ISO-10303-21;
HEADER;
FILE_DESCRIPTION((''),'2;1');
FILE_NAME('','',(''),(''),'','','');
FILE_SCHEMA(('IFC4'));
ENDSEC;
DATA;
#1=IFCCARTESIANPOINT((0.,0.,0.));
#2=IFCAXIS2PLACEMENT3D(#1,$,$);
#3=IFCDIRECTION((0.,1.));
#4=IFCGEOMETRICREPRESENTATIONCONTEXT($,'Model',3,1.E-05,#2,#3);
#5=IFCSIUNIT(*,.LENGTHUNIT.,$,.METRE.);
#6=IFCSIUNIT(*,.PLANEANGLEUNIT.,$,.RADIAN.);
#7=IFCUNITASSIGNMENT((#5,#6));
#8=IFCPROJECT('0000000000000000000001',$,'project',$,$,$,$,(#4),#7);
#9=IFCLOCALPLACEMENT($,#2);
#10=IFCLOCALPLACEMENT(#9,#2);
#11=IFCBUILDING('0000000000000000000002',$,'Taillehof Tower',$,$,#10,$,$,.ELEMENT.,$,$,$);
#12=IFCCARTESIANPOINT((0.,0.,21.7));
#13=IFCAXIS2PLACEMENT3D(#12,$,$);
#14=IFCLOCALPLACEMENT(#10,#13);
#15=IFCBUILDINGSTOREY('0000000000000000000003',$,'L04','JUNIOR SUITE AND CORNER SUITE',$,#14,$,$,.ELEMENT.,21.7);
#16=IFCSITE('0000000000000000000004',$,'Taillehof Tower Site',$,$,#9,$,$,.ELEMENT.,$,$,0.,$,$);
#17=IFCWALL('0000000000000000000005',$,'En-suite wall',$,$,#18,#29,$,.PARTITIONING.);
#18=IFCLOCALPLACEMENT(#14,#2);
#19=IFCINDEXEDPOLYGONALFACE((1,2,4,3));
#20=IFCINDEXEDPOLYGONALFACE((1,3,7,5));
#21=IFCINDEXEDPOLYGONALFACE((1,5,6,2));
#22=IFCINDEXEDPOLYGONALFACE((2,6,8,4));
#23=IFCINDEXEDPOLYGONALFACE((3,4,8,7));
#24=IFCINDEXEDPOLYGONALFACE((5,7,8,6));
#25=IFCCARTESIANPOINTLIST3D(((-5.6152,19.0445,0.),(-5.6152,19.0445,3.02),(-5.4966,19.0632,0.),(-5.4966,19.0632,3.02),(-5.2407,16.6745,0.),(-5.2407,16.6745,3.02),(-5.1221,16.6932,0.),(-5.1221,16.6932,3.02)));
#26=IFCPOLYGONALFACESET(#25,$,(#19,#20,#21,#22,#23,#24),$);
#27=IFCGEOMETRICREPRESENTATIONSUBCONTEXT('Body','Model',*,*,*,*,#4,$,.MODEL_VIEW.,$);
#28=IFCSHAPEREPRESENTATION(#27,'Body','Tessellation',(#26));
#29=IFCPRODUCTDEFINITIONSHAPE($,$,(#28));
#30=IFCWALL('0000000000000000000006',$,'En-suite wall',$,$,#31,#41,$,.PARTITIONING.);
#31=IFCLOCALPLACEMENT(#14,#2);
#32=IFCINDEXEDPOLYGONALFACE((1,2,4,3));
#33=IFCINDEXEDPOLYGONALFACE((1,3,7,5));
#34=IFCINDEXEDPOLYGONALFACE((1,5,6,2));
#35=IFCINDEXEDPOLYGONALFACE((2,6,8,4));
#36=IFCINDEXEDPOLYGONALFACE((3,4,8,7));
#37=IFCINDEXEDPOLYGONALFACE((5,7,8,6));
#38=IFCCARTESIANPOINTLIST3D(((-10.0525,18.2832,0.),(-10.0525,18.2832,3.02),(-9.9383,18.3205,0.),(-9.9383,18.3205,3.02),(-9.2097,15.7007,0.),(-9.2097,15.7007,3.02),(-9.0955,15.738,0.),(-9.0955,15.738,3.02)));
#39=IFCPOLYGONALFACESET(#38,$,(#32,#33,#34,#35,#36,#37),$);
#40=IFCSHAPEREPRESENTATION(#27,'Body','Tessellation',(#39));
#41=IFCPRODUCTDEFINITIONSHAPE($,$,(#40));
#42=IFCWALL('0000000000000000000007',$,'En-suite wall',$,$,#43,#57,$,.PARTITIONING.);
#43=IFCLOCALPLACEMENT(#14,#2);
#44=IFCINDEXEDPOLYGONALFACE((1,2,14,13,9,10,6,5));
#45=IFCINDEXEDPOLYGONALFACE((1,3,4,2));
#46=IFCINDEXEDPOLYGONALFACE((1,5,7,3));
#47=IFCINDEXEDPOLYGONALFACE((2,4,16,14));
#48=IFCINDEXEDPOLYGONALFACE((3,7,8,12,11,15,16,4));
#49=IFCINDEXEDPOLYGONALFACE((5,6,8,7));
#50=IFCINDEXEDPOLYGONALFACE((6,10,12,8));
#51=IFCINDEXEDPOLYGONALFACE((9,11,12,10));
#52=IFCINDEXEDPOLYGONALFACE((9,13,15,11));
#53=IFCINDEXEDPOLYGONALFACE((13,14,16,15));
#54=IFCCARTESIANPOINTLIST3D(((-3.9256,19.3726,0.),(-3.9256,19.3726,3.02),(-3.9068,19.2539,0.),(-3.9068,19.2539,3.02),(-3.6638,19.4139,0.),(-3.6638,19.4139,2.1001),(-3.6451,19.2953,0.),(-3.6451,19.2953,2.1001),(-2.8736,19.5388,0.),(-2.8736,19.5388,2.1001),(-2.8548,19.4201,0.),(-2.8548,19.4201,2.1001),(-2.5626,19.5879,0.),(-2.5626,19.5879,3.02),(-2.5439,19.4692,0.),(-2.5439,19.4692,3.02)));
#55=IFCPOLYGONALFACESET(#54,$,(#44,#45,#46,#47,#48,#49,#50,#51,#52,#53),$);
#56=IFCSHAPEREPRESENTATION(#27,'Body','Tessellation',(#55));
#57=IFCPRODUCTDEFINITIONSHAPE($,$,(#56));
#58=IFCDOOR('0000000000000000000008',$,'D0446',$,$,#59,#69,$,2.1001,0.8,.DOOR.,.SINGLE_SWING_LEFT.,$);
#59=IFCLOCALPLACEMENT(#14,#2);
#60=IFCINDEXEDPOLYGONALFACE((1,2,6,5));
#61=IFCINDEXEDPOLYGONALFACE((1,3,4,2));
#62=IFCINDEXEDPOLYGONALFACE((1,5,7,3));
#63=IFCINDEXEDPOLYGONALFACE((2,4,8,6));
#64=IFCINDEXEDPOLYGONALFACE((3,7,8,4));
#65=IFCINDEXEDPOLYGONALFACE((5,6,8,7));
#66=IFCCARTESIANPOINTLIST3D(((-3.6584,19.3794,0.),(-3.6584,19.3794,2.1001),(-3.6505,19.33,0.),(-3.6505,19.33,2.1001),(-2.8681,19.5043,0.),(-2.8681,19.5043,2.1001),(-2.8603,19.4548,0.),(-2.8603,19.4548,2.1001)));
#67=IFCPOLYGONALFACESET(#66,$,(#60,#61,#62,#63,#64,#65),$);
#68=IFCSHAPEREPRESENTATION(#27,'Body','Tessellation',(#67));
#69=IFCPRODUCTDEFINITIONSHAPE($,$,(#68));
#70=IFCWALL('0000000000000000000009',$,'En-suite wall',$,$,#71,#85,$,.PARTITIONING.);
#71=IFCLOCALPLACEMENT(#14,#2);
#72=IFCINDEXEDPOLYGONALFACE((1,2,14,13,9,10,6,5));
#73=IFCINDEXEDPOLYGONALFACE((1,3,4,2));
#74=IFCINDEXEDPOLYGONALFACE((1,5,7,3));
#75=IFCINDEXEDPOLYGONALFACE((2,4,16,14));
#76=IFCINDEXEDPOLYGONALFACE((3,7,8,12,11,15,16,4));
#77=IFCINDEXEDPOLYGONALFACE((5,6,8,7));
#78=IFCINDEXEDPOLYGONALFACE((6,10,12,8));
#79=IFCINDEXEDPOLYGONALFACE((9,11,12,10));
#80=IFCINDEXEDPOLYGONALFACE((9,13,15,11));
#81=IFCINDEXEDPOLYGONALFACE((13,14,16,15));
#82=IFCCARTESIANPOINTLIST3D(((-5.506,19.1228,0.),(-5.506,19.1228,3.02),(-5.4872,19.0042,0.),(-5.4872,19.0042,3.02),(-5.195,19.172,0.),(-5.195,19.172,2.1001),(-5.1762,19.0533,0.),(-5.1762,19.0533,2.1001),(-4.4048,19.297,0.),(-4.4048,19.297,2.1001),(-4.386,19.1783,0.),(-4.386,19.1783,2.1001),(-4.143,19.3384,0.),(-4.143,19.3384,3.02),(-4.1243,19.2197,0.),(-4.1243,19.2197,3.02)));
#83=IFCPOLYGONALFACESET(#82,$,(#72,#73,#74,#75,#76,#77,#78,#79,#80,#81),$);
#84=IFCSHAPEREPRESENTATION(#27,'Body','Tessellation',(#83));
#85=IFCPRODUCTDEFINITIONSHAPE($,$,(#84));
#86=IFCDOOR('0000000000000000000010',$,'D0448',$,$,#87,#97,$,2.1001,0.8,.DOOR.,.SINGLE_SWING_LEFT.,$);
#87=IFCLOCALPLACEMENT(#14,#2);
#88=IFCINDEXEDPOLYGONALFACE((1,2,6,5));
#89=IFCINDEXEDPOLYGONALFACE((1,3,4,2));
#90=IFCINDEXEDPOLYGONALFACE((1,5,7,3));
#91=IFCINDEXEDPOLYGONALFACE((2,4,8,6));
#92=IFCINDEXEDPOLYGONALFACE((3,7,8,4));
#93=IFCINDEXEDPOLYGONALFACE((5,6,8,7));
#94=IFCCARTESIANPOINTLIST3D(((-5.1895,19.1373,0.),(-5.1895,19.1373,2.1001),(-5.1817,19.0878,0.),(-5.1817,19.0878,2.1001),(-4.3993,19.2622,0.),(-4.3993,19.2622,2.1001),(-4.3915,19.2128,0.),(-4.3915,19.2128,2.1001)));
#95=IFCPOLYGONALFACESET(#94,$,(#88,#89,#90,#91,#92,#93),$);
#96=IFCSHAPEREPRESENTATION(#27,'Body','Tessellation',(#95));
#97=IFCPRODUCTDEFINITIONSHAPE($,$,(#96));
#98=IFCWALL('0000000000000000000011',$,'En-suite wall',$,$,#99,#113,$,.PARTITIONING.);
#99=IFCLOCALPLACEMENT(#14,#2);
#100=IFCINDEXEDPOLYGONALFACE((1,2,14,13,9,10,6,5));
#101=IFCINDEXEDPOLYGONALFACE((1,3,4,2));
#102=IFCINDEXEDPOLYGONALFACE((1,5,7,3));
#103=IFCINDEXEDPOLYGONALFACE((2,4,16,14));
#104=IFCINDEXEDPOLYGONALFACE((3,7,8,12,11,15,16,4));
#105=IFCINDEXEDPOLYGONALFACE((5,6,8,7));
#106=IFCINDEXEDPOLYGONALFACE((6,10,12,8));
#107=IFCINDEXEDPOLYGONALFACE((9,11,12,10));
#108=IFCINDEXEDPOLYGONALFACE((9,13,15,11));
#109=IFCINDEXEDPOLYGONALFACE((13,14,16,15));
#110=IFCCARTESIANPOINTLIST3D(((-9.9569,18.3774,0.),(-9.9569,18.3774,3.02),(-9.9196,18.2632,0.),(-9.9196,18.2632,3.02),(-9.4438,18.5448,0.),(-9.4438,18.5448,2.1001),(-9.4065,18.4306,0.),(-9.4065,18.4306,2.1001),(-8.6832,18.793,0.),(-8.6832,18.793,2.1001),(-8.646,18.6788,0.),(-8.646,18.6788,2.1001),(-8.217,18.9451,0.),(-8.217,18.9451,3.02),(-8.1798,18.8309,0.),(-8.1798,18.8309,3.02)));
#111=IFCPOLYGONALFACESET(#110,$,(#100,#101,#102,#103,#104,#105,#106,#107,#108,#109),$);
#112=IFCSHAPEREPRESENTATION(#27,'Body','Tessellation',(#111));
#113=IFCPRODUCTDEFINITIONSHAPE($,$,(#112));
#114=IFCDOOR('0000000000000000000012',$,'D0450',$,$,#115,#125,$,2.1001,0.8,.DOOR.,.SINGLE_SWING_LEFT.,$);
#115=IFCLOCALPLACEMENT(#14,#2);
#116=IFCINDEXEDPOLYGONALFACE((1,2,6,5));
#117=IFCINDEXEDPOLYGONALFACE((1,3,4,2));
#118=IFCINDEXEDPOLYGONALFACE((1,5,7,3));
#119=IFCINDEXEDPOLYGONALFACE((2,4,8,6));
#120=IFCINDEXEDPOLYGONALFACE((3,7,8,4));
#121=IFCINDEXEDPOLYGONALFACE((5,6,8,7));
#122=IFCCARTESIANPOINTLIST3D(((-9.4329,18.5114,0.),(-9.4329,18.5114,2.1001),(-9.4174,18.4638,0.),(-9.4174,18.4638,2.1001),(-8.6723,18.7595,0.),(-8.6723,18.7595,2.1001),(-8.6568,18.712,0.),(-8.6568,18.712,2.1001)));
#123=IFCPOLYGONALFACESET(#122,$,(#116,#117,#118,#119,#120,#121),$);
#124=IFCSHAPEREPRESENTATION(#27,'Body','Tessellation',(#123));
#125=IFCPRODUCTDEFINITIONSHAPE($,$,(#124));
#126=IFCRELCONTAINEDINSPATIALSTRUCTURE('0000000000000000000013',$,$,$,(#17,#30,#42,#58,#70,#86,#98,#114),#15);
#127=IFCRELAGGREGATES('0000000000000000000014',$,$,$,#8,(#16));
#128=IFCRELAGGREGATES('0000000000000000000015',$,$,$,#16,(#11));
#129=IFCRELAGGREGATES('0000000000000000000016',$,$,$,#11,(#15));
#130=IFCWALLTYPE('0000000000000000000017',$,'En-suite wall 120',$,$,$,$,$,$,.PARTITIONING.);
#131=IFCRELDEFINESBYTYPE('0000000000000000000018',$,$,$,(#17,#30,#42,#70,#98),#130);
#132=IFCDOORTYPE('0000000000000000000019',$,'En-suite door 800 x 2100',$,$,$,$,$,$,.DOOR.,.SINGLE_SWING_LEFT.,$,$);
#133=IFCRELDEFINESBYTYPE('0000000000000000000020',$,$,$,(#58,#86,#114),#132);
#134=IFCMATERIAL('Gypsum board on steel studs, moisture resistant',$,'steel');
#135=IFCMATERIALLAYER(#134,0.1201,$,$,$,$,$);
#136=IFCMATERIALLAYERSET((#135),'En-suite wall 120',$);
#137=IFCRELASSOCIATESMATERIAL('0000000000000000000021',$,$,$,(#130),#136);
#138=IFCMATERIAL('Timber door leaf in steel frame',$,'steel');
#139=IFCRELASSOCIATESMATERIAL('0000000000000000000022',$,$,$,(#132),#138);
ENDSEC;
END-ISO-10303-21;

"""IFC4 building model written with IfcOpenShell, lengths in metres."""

from ifc_helpers import new_model, si_unit, direction, frame, frame_2d, origin, place, context, subcontext, project, spatial, rectangle, extrude, material, layer, layer_set, type_object, element, fill, save


model = new_model("IFC4")

# Units and contexts
model_context = context("Model", 3, precision=1e-05, world=origin(), true_north=direction((0.0, 1.0)))
body_context = subcontext(model_context, "Body", "Model", "MODEL_VIEW")
ifc_project = project(units=[si_unit("LENGTHUNIT", "METRE"), si_unit("PLANEANGLEUNIT", "RADIAN")], contexts=[model_context])

# Site, building, storey
site_placement = place(None, origin())
site = spatial("IfcSite", under=ifc_project, at=site_placement, Name="Taillehof Tower Site", CompositionType="ELEMENT", RefElevation=0.0)
building_placement = place(site_placement, origin())
building = spatial("IfcBuilding", under=site, at=building_placement, Name="Taillehof Tower", CompositionType="ELEMENT")
storey_placement = place(building_placement, frame((0.0, 0.0, 21.7)))
storey = spatial("IfcBuildingStorey", under=building, at=storey_placement, Name="L04", Description="JUNIOR SUITE AND CORNER SUITE", CompositionType="ELEMENT", Elevation=21.7)

# Walls
ifc_material_1 = material(Name="Gypsum board on steel studs, moisture resistant", Category="steel")
ifc_layer_1 = layer(ifc_material_1, 0.1201)
ifc_layer_set_1 = layer_set([ifc_layer_1], Name="En-suite wall 120")
wall_type_1 = type_object("IfcWallType", Name="En-suite wall 120", PredefinedType="PARTITIONING", material=ifc_layer_set_1)
wall_1_placement = place(storey_placement, frame((-5.1814, 16.6838, 0.0), z_axis=(0.0, 0.0, 1.0), x_axis=(-0.156078, 0.987745, 0.0)))
element("IfcWall", 1, at=wall_1_placement, inside=storey, type_object=wall_type_1, Name="En-suite wall", PredefinedType="PARTITIONING", context=body_context, shape_type="SweptSolid", body=[
    extrude(rectangle(XDim=2.3994, YDim=0.1201, at=frame_2d((1.1997, 0.0))), origin(), (0.0, 0.0, 1.0), 3.02),
])
wall_2_placement = place(storey_placement, frame((-9.1526, 15.7192, 0.0), z_axis=(0.0, 0.0, 1.0), x_axis=(-0.310236, 0.95066, 0.0)))
element("IfcWall", 2, at=wall_2_placement, inside=storey, type_object=wall_type_1, Name="En-suite wall", PredefinedType="PARTITIONING", context=body_context, shape_type="SweptSolid", body=[
    extrude(rectangle(XDim=2.7166, YDim=0.1201, at=frame_2d((1.3584, 0.0))), origin(), (0.0, 0.0, 1.0), 3.02),
])

# Walls, openings, doors
wall_3_placement = place(storey_placement, frame((-2.5532, 19.5286, 0.0), z_axis=(0.0, 0.0, 1.0), x_axis=(-0.98775, -0.156044, 0.0)))
wall_3 = element("IfcWall", 3, at=wall_3_placement, inside=storey, type_object=wall_type_1, Name="En-suite wall", PredefinedType="PARTITIONING", context=body_context, shape_type="SweptSolid", body=[
    extrude(rectangle(XDim=1.3799, YDim=0.1201, at=frame_2d((0.6899, 0.0))), origin(), (0.0, 0.0, 1.0), 3.02),
])
opening_1_placement = place(wall_3_placement, frame((0.3149, 0.0, 0.0)))
opening_1 = element("IfcOpeningElement", 4, at=opening_1_placement, cuts=wall_3, PredefinedType="OPENING", context=body_context, shape_type="SweptSolid", body=[
    extrude(rectangle(XDim=0.8, YDim=2.1001, at=frame_2d((0.3999, 1.05))), frame((0.0, 0.0701, 0.0), z_axis=(0.0, -1.0, 0.0), x_axis=(1.0, 0.0, 0.0)), (0.0, 0.0, 1.0), 0.1401),
])
ifc_material_2 = material(Name="Timber door leaf in steel frame", Category="steel")
door_type_1 = type_object("IfcDoorType", Name="En-suite door 800 x 2100", OperationType="SINGLE_SWING_LEFT", PredefinedType="DOOR", material=ifc_material_2)
door_1_placement = place(opening_1_placement, origin())
door_1 = element("IfcDoor", 5, at=door_1_placement, inside=storey, type_object=door_type_1, Name="D0446", OperationType="SINGLE_SWING_LEFT", OverallHeight=2.1001, OverallWidth=0.8, PredefinedType="DOOR", context=body_context, shape_type="SweptSolid", body=[
    extrude(rectangle(XDim=0.8, YDim=2.1001, at=frame_2d((0.3999, 1.05))), frame((0.0, 0.0249, 0.0), z_axis=(0.0, -1.0, 0.0), x_axis=(1.0, 0.0, 0.0)), (0.0, 0.0, 1.0), 0.05),
])
fill(opening_1, door_1)
wall_4_placement = place(storey_placement, frame((-5.4966, 19.0635, 0.0), z_axis=(0.0, 0.0, 1.0), x_axis=(0.987723, 0.156217, 0.0)))
wall_4 = element("IfcWall", 6, at=wall_4_placement, inside=storey, type_object=wall_type_1, Name="En-suite wall", PredefinedType="PARTITIONING", context=body_context, shape_type="SweptSolid", body=[
    extrude(rectangle(XDim=1.3799, YDim=0.1201, at=frame_2d((0.6899, 0.0))), origin(), (0.0, 0.0, 1.0), 3.02),
])
opening_2_placement = place(wall_4_placement, frame((0.3149, 0.0, 0.0)))
opening_2 = element("IfcOpeningElement", 7, at=opening_2_placement, cuts=wall_4, PredefinedType="OPENING", context=body_context, shape_type="SweptSolid", body=[
    extrude(rectangle(XDim=0.8, YDim=2.1001, at=frame_2d((0.3999, 1.05))), frame((0.0, 0.0701, 0.0), z_axis=(0.0, -1.0, 0.0), x_axis=(1.0, 0.0, 0.0)), (0.0, 0.0, 1.0), 0.1401),
])
door_2_placement = place(opening_2_placement, origin())
door_2 = element("IfcDoor", 8, at=door_2_placement, inside=storey, type_object=door_type_1, Name="D0448", OperationType="SINGLE_SWING_LEFT", OverallHeight=2.1001, OverallWidth=0.8, PredefinedType="DOOR", context=body_context, shape_type="SweptSolid", body=[
    extrude(rectangle(XDim=0.8, YDim=2.1001, at=frame_2d((0.3999, 1.05))), frame((0.0, 0.0249, 0.0), z_axis=(0.0, -1.0, 0.0), x_axis=(1.0, 0.0, 0.0)), (0.0, 0.0, 1.0), 0.05),
])
fill(opening_2, door_2)
wall_5_placement = place(storey_placement, frame((-9.9382, 18.3203, 0.0), z_axis=(0.0, 0.0, 1.0), x_axis=(0.950679, 0.310178, 0.0)))
wall_5 = element("IfcWall", 9, at=wall_5_placement, inside=storey, type_object=wall_type_1, Name="En-suite wall", PredefinedType="PARTITIONING", context=body_context, shape_type="SweptSolid", body=[
    extrude(rectangle(XDim=1.8301, YDim=0.1201, at=frame_2d((0.915, 0.0))), origin(), (0.0, 0.0, 1.0), 3.02),
])
opening_3_placement = place(wall_5_placement, frame((0.5398, 0.0, 0.0)))
opening_3 = element("IfcOpeningElement", 10, at=opening_3_placement, cuts=wall_5, PredefinedType="OPENING", context=body_context, shape_type="SweptSolid", body=[
    extrude(rectangle(XDim=0.8, YDim=2.1001, at=frame_2d((0.3999, 1.05))), frame((0.0, 0.0701, 0.0), z_axis=(0.0, -1.0, 0.0), x_axis=(1.0, 0.0, 0.0)), (0.0, 0.0, 1.0), 0.1401),
])
door_3_placement = place(opening_3_placement, origin())
door_3 = element("IfcDoor", 11, at=door_3_placement, inside=storey, type_object=door_type_1, Name="D0450", OperationType="SINGLE_SWING_LEFT", OverallHeight=2.1001, OverallWidth=0.8, PredefinedType="DOOR", context=body_context, shape_type="SweptSolid", body=[
    extrude(rectangle(XDim=0.8, YDim=2.1001, at=frame_2d((0.3999, 1.05))), frame((0.0, 0.0249, 0.0), z_axis=(0.0, -1.0, 0.0), x_axis=(1.0, 0.0, 0.0)), (0.0, 0.0, 1.0), 0.05),
])
fill(opening_3, door_3)

save(model, "model.ifc")
